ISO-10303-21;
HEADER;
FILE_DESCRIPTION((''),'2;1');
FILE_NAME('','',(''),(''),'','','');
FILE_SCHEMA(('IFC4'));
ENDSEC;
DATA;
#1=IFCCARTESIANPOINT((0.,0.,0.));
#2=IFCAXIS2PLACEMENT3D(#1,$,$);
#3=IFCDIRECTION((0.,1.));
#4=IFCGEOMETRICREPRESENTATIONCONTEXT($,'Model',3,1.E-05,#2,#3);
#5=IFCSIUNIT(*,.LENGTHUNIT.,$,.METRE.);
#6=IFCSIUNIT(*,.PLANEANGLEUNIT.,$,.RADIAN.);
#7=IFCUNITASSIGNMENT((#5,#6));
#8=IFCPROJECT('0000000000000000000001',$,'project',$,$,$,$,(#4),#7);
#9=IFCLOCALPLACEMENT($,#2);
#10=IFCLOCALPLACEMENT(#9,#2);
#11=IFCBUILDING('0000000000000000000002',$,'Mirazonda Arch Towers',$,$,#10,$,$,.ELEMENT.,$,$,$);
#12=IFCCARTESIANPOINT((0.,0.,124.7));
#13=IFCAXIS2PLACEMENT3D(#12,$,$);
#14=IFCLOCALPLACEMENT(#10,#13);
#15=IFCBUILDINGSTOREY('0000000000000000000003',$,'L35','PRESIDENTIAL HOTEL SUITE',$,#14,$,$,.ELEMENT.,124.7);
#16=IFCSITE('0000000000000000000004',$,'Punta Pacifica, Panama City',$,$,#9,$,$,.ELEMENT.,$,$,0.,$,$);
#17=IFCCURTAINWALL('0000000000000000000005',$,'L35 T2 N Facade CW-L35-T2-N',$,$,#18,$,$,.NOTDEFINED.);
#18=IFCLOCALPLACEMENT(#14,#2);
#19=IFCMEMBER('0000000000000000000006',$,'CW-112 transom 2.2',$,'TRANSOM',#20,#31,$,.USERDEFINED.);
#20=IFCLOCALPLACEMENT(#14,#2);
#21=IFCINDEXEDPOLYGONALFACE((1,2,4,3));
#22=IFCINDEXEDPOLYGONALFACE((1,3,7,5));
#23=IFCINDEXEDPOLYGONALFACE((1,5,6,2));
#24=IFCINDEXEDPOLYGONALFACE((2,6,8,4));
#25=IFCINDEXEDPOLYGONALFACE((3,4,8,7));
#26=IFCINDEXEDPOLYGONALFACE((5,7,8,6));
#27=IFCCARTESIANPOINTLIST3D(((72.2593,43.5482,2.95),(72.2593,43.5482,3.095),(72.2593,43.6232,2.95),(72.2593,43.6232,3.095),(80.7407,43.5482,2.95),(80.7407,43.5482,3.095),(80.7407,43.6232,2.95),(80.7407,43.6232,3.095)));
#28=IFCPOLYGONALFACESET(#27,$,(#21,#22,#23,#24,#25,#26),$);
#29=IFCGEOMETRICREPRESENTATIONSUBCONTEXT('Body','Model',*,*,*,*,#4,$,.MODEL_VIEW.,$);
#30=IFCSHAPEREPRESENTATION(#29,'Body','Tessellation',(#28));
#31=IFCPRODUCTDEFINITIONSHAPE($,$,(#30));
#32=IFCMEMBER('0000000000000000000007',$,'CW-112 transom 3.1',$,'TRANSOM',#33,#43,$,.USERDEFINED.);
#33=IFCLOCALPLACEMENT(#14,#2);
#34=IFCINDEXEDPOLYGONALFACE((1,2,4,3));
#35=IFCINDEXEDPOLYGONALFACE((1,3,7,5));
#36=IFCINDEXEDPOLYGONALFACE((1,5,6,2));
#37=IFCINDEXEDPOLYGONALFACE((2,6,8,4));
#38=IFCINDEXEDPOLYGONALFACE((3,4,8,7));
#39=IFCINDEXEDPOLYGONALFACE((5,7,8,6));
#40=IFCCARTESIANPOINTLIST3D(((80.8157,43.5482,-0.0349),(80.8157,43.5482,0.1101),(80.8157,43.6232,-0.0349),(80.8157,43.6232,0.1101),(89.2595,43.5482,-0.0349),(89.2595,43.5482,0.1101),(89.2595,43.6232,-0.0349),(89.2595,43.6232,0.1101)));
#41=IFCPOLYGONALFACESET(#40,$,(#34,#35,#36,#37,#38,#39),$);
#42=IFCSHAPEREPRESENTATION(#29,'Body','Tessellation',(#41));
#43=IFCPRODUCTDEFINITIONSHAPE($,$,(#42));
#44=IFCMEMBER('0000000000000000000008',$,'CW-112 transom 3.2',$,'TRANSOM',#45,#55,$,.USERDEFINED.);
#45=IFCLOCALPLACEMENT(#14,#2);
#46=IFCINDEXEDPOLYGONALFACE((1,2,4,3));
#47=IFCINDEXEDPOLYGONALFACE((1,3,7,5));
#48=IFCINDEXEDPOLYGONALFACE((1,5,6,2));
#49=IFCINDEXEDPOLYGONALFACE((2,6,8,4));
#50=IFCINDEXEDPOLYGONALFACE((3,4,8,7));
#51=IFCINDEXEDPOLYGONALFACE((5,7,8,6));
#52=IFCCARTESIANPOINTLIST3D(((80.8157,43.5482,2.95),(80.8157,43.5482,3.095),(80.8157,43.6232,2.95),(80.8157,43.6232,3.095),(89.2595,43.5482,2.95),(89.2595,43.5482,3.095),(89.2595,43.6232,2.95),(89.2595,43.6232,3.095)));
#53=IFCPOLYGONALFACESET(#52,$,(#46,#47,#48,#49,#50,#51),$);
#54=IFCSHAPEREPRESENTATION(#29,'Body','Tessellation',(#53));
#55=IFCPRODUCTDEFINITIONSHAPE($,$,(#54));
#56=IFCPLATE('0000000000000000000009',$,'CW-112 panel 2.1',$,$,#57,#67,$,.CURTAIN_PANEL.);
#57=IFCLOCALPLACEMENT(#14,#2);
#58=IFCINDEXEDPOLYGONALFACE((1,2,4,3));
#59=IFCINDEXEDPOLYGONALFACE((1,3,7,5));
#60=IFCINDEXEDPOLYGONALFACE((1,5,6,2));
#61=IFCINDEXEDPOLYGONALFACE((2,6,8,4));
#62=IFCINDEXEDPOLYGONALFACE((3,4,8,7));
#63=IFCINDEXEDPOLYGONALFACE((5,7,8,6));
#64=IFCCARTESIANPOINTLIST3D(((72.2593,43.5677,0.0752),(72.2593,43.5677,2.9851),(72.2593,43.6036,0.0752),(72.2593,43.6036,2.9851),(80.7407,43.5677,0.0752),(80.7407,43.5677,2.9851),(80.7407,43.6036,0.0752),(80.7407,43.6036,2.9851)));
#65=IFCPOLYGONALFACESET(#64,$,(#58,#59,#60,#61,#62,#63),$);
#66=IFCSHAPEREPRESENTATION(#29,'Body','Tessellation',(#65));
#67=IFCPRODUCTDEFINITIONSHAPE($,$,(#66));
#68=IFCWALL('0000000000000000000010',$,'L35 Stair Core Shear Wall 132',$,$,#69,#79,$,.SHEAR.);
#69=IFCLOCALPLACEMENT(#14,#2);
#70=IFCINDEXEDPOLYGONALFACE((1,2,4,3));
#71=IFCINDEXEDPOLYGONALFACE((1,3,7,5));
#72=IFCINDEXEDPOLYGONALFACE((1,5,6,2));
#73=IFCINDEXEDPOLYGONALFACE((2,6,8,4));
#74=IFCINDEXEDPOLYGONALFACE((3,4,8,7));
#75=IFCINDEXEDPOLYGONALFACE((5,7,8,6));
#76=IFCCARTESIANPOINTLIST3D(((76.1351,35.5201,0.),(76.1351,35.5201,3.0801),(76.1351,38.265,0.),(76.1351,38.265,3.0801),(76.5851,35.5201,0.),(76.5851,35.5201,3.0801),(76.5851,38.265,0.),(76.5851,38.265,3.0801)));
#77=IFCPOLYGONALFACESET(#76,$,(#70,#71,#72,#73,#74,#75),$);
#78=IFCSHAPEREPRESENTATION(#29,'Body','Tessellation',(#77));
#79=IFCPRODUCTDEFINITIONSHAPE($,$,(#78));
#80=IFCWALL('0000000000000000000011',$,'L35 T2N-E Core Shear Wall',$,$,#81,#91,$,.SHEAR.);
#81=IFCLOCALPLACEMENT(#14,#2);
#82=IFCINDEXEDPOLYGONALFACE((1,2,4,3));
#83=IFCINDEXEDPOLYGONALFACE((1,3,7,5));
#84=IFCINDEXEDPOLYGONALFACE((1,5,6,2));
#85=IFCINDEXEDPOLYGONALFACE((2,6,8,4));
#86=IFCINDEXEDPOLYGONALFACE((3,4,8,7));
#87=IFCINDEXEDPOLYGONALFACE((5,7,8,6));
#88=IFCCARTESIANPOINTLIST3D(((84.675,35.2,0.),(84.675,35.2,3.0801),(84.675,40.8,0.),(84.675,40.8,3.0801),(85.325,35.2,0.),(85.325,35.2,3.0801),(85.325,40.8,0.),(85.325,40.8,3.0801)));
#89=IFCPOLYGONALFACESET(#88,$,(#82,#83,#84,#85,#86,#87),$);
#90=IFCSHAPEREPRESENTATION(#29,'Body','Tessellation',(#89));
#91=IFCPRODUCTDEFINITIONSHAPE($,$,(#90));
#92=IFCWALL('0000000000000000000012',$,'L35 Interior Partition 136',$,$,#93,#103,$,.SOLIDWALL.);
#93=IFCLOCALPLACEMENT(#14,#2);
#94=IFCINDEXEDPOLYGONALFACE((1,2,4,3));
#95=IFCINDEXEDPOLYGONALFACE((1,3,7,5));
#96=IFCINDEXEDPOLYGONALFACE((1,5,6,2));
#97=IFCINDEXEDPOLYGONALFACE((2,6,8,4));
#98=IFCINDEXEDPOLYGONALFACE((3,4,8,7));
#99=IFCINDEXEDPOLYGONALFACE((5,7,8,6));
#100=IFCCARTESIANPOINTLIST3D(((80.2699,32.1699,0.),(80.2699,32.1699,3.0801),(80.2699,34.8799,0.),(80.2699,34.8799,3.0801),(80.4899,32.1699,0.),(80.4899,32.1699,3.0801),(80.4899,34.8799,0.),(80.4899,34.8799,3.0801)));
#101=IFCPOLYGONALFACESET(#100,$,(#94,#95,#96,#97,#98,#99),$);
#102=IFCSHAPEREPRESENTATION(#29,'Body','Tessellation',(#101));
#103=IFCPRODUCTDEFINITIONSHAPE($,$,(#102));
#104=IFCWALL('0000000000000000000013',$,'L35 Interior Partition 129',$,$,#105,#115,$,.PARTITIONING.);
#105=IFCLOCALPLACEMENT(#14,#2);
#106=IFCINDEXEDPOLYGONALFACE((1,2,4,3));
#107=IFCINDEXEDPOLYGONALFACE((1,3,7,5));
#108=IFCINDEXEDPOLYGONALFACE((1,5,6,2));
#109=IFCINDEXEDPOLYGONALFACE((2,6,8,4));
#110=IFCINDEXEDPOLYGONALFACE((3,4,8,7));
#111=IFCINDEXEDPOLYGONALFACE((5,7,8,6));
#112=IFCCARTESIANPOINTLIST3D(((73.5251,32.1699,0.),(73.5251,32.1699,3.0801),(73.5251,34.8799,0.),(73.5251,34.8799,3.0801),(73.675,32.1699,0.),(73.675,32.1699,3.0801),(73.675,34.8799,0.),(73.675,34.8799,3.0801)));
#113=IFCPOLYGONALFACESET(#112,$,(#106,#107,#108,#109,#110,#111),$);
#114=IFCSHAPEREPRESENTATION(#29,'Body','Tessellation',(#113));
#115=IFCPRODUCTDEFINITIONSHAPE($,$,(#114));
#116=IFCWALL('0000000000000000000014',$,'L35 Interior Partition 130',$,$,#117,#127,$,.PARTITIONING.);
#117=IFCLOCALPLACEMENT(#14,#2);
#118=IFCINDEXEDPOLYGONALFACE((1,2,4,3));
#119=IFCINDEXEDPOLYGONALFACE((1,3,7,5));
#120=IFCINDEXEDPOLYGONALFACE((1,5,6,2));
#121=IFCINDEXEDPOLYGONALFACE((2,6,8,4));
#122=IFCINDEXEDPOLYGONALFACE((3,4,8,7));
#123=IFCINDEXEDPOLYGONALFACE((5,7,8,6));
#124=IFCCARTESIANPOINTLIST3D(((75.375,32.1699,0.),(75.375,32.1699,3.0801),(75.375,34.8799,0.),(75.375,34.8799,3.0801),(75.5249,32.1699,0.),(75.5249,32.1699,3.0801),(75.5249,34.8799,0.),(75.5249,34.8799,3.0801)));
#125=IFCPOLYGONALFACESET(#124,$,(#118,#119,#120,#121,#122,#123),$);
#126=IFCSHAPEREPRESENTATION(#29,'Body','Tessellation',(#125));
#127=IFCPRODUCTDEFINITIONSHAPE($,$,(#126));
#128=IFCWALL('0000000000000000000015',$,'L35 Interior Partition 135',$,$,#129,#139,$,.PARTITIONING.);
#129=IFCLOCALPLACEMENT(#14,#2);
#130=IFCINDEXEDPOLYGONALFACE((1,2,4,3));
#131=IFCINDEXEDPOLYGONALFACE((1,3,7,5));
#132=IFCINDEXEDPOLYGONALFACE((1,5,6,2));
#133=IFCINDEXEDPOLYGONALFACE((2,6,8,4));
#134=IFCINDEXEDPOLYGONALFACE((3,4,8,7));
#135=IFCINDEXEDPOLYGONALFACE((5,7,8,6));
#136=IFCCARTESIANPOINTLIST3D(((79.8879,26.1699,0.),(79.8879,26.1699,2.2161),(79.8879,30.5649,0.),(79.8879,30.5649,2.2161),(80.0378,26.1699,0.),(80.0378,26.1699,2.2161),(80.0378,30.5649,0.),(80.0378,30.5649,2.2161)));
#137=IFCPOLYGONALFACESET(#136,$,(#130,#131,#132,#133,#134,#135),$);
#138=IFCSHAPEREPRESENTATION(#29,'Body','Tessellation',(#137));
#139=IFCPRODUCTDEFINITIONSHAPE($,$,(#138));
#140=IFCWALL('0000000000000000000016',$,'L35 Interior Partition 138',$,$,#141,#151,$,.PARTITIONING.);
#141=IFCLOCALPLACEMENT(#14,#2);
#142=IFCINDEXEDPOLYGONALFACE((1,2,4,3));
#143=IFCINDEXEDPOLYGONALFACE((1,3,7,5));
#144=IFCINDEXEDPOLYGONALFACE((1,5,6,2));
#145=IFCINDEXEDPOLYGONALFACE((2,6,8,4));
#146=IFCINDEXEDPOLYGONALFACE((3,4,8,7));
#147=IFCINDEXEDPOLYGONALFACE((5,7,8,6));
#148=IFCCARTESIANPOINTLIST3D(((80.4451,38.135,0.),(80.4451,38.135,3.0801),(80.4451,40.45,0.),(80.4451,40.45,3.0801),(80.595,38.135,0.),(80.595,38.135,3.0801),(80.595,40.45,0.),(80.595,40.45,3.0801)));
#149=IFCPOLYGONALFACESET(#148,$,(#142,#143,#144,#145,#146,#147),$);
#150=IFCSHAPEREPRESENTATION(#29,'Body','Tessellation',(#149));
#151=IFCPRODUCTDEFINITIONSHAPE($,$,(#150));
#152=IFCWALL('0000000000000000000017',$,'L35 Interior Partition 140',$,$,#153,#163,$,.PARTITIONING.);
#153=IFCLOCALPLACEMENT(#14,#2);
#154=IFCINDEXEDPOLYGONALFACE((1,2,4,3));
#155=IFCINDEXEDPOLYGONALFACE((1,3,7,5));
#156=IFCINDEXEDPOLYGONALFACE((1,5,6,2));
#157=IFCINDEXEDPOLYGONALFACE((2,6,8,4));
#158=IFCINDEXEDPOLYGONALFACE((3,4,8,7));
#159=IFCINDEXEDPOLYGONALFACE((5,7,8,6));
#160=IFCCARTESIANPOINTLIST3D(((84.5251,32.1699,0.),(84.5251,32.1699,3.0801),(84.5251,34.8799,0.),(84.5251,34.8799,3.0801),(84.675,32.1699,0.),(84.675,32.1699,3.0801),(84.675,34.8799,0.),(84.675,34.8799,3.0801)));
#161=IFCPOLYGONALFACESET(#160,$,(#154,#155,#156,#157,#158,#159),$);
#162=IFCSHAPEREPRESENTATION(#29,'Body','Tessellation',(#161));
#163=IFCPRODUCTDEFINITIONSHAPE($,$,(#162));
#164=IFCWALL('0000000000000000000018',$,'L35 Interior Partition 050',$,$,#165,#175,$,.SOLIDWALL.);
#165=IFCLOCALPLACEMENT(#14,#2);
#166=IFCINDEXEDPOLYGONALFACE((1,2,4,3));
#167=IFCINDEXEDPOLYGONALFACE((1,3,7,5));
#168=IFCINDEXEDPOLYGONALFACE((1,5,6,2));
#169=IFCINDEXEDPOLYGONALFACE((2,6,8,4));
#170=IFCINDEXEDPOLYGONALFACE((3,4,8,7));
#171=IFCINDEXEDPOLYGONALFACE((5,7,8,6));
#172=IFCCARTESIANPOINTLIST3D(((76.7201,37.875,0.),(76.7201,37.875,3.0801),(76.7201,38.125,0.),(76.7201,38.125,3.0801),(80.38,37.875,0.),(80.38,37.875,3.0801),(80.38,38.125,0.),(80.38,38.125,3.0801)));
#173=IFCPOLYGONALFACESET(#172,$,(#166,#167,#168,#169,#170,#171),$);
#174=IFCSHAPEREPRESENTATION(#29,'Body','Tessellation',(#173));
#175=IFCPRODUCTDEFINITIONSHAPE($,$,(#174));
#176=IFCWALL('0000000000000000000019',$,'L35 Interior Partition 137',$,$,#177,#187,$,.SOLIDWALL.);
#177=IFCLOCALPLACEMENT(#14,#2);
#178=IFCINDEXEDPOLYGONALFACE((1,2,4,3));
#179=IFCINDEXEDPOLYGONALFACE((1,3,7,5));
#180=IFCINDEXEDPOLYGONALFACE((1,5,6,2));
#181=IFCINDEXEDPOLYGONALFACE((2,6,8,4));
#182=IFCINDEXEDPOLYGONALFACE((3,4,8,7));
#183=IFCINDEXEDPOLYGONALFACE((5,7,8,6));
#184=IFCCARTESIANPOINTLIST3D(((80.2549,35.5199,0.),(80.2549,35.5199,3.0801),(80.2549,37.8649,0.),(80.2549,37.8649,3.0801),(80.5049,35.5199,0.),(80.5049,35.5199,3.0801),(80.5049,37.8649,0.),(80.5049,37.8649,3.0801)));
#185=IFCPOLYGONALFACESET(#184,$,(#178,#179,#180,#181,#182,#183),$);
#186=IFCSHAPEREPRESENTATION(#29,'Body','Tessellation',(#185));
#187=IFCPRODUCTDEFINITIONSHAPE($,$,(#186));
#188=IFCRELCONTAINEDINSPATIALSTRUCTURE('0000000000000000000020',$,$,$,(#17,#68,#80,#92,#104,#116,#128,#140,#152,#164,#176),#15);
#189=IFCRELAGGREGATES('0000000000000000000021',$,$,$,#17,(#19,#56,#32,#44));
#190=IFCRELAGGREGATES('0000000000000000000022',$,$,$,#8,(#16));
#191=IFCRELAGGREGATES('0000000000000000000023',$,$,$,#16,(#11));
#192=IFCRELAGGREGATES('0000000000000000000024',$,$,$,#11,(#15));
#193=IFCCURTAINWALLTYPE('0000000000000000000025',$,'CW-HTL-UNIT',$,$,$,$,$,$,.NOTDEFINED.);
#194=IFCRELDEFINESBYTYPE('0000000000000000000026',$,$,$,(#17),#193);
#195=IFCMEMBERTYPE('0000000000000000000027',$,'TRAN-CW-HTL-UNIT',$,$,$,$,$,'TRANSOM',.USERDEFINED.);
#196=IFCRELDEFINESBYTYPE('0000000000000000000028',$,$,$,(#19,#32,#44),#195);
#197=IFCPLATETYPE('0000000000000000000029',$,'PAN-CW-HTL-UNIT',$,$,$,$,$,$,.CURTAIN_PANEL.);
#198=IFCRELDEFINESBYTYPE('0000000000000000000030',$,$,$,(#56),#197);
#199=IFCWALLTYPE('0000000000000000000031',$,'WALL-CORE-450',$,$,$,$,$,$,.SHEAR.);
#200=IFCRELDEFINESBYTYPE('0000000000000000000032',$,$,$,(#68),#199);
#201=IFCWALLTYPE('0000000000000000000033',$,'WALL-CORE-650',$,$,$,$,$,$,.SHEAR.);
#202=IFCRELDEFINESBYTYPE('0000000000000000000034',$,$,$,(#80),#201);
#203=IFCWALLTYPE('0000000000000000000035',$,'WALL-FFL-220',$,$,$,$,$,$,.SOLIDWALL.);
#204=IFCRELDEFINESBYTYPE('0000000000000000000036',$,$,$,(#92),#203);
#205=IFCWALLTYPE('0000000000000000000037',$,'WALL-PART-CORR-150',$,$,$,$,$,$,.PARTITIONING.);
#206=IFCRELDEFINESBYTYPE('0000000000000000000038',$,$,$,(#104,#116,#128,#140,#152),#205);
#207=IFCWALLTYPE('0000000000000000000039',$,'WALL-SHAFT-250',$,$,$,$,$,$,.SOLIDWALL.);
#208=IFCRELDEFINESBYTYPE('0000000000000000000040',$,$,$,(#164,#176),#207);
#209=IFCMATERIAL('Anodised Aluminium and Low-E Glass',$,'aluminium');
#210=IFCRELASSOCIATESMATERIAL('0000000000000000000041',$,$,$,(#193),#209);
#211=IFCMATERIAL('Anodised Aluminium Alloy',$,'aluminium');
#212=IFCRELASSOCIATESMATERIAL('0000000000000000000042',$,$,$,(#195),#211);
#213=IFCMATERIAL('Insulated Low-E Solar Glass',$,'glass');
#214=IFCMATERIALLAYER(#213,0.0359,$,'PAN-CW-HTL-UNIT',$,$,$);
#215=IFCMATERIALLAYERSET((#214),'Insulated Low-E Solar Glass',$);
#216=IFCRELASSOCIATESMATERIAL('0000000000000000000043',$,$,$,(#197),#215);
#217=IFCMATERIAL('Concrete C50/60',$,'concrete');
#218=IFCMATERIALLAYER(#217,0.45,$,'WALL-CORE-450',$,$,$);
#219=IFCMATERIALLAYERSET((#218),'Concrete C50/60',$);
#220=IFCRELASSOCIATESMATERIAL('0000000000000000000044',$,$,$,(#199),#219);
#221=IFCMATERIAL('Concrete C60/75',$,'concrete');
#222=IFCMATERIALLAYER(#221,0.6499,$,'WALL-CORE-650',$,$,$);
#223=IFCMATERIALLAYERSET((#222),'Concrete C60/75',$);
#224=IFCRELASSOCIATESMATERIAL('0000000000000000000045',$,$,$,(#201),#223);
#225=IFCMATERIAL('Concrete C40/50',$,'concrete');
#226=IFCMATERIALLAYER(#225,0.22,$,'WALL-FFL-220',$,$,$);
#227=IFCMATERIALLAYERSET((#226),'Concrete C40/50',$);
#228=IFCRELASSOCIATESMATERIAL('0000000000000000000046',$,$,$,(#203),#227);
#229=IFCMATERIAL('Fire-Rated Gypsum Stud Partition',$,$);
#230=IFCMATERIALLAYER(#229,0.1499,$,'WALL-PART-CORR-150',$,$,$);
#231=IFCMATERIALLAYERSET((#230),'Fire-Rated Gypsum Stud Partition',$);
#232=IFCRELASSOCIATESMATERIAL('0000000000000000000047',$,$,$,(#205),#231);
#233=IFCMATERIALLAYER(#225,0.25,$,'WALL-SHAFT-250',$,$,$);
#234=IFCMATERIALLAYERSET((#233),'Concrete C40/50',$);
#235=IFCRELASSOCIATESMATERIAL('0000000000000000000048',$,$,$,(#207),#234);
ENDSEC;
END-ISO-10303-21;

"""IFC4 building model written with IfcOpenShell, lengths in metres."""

from ifc_helpers import new_model, si_unit, direction, frame, frame_2d, origin, origin_2d, place, context, subcontext, project, spatial, rectangle, extrude, material, layer, layer_set, material_profile, profile_set, type_object, element, aggregate, save


model = new_model("IFC4")

# Units and contexts
model_context = context("Model", 3, precision=1e-05, world=origin(), true_north=direction((0.0, 1.0)))
body_context = subcontext(model_context, "Body", "Model", "MODEL_VIEW")
ifc_project = project(units=[si_unit("LENGTHUNIT", "METRE"), si_unit("PLANEANGLEUNIT", "RADIAN")], contexts=[model_context])

# Site, building, storey
site_placement = place(None, origin())
site = spatial("IfcSite", under=ifc_project, at=site_placement, Name="Punta Pacifica, Panama City", CompositionType="ELEMENT", RefElevation=0.0)
building_placement = place(site_placement, origin())
building = spatial("IfcBuilding", under=site, at=building_placement, Name="Mirazonda Arch Towers", CompositionType="ELEMENT")
storey_placement = place(building_placement, frame((0.0, 0.0, 124.7)))
storey = spatial("IfcBuildingStorey", under=building, at=storey_placement, Name="L35", Description="PRESIDENTIAL HOTEL SUITE", CompositionType="ELEMENT", Elevation=124.7)

# Shared definitions
ifc_material_1 = material(Name="Concrete C50/60", Category="concrete")

# Shared definitions
ifc_material_2 = material(Name="Concrete C60/75", Category="concrete")

# Curtain wall, members, plate
ifc_material_3 = material(Name="Anodised Aluminium and Low-E Glass", Category="aluminium")
curtain_wall_type = type_object("IfcCurtainWallType", Name="CW-HTL-UNIT", PredefinedType="NOTDEFINED", material=ifc_material_3)
curtain_wall_placement = place(storey_placement, origin())
curtain_wall = element("IfcCurtainWall", 1, at=curtain_wall_placement, inside=storey, type_object=curtain_wall_type, Name="L35 T2 N Facade CW-L35-T2-N", PredefinedType="NOTDEFINED")
ifc_material_4 = material(Name="Anodised Aluminium Alloy", Category="aluminium")
ifc_material_profile_1 = material_profile(ifc_material_4, rectangle(XDim=0.075, YDim=0.145, at=origin_2d()), Name="ALU-TRAN-75x145")
ifc_profile_set_1 = profile_set([ifc_material_profile_1], Name="Anodised Aluminium Alloy")
member_type_1 = type_object("IfcMemberType", Name="TRAN-CW-HTL-UNIT", ElementType="TRANSOM", PredefinedType="USERDEFINED", material=ifc_profile_set_1)
member_1_placement = place(storey_placement, frame((72.2593, 43.5857, 3.0225), z_axis=(1.0, 0.0, 0.0), x_axis=(0.0, 1.0, 0.0)))
member_1 = element("IfcMember", 2, at=member_1_placement, type_object=member_type_1, Name="CW-112 transom 2.2", ObjectType="TRANSOM", PredefinedType="USERDEFINED", context=body_context, shape_type="SweptSolid", body=[
    extrude(rectangle(XDim=0.075, YDim=0.145, at=origin_2d()), origin(), (0.0, 0.0, 1.0), 8.4814),
])
member_2_placement = place(storey_placement, frame((80.8157, 43.5857, 0.0376), z_axis=(1.0, 0.0, 0.0), x_axis=(0.0, 1.0, 0.0)))
member_2 = element("IfcMember", 3, at=member_2_placement, type_object=member_type_1, Name="CW-112 transom 3.1", ObjectType="TRANSOM", PredefinedType="USERDEFINED", context=body_context, shape_type="SweptSolid", body=[
    extrude(rectangle(XDim=0.075, YDim=0.145, at=origin_2d()), origin(), (0.0, 0.0, 1.0), 8.4438),
])
member_3_placement = place(storey_placement, frame((80.8157, 43.5857, 3.0225), z_axis=(1.0, 0.0, 0.0), x_axis=(0.0, 1.0, 0.0)))
member_3 = element("IfcMember", 4, at=member_3_placement, type_object=member_type_1, Name="CW-112 transom 3.2", ObjectType="TRANSOM", PredefinedType="USERDEFINED", context=body_context, shape_type="SweptSolid", body=[
    extrude(rectangle(XDim=0.075, YDim=0.145, at=origin_2d()), origin(), (0.0, 0.0, 1.0), 8.4438),
])
ifc_material_5 = material(Name="Insulated Low-E Solar Glass", Category="glass")
ifc_layer_1 = layer(ifc_material_5, 0.0359, Name="PAN-CW-HTL-UNIT")
ifc_layer_set_1 = layer_set([ifc_layer_1], Name="Insulated Low-E Solar Glass")
plate_type = type_object("IfcPlateType", Name="PAN-CW-HTL-UNIT", PredefinedType="CURTAIN_PANEL", material=ifc_layer_set_1)
plate_placement = place(storey_placement, frame((76.5, 43.5857, 0.0752), z_axis=(0.0, 0.0, 1.0), x_axis=(1.0, 0.0, 0.0)))
plate = element("IfcPlate", 5, at=plate_placement, type_object=plate_type, Name="CW-112 panel 2.1", PredefinedType="CURTAIN_PANEL", context=body_context, shape_type="SweptSolid", body=[
    extrude(rectangle(XDim=8.4814, YDim=0.0359, at=origin_2d()), origin(), (0.0, 0.0, 1.0), 2.9099),
])
aggregate(curtain_wall, [member_1, plate, member_2, member_3])

# Walls
ifc_layer_2 = layer(ifc_material_1, 0.45, Name="WALL-CORE-450")
ifc_layer_set_2 = layer_set([ifc_layer_2], Name="Concrete C50/60")
wall_type_1 = type_object("IfcWallType", Name="WALL-CORE-450", PredefinedType="SHEAR", material=ifc_layer_set_2)
wall_1_placement = place(storey_placement, frame((76.3601, 35.52, 0.0), z_axis=(0.0, 0.0, 1.0), x_axis=(0.0, 1.0, 0.0)))
element("IfcWall", 6, at=wall_1_placement, inside=storey, type_object=wall_type_1, Name="L35 Stair Core Shear Wall 132", PredefinedType="SHEAR", context=body_context, shape_type="SweptSolid", body=[
    extrude(rectangle(XDim=2.7449, YDim=0.45, at=frame_2d((1.3726, 0.0))), origin(), (0.0, 0.0, 1.0), 3.0801),
])
ifc_layer_3 = layer(ifc_material_2, 0.6499, Name="WALL-CORE-650")
ifc_layer_set_3 = layer_set([ifc_layer_3], Name="Concrete C60/75")
wall_type_2 = type_object("IfcWallType", Name="WALL-CORE-650", PredefinedType="SHEAR", material=ifc_layer_set_3)
wall_2_placement = place(storey_placement, frame((85.0, 35.2, 0.0), z_axis=(0.0, 0.0, 1.0), x_axis=(0.0, 1.0, 0.0)))
element("IfcWall", 7, at=wall_2_placement, inside=storey, type_object=wall_type_2, Name="L35 T2N-E Core Shear Wall", PredefinedType="SHEAR", context=body_context, shape_type="SweptSolid", body=[
    extrude(rectangle(XDim=5.6001, YDim=0.6499, at=frame_2d((2.8, 0.0))), origin(), (0.0, 0.0, 1.0), 3.0801),
])
ifc_material_6 = material(Name="Concrete C40/50", Category="concrete")
ifc_layer_4 = layer(ifc_material_6, 0.22, Name="WALL-FFL-220")
ifc_layer_set_4 = layer_set([ifc_layer_4], Name="Concrete C40/50")
wall_type_3 = type_object("IfcWallType", Name="WALL-FFL-220", PredefinedType="SOLIDWALL", material=ifc_layer_set_4)
wall_3_placement = place(storey_placement, frame((80.3799, 32.1699, 0.0), z_axis=(0.0, 0.0, 1.0), x_axis=(0.0, 1.0, 0.0)))
element("IfcWall", 8, at=wall_3_placement, inside=storey, type_object=wall_type_3, Name="L35 Interior Partition 136", PredefinedType="SOLIDWALL", context=body_context, shape_type="SweptSolid", body=[
    extrude(rectangle(XDim=2.71, YDim=0.22, at=frame_2d((1.355, 0.0))), origin(), (0.0, 0.0, 1.0), 3.0801),
])
ifc_material_7 = material(Name="Fire-Rated Gypsum Stud Partition")
ifc_layer_5 = layer(ifc_material_7, 0.1499, Name="WALL-PART-CORR-150")
ifc_layer_set_5 = layer_set([ifc_layer_5], Name="Fire-Rated Gypsum Stud Partition")
wall_type_4 = type_object("IfcWallType", Name="WALL-PART-CORR-150", PredefinedType="PARTITIONING", material=ifc_layer_set_5)
for number, where, z_axis, x_axis, name in (
    (9, (73.6001, 32.1699, 0.0), (0.0, 0.0, 1.0), (0.0, 1.0, 0.0), "L35 Interior Partition 129"),
    (10, (75.45, 32.1699, 0.0), (0.0, 0.0, 1.0), (0.0, 1.0, 0.0), "L35 Interior Partition 130"),
):
    element("IfcWall", number, at=place(storey_placement, frame(where, z_axis=z_axis, x_axis=x_axis)), inside=storey, type_object=wall_type_4, Name=name, PredefinedType="PARTITIONING", context=body_context, shape_type="SweptSolid", body=[
        extrude(rectangle(XDim=2.71, YDim=0.1499, at=frame_2d((1.355, 0.0))), origin(), (0.0, 0.0, 1.0), 3.0801),
    ])
wall_4_placement = place(storey_placement, frame((79.9629, 26.1699, 0.0), z_axis=(0.0, 0.0, 1.0), x_axis=(0.0, 1.0, 0.0)))
element("IfcWall", 11, at=wall_4_placement, inside=storey, type_object=wall_type_4, Name="L35 Interior Partition 135", PredefinedType="PARTITIONING", context=body_context, shape_type="SweptSolid", body=[
    extrude(rectangle(XDim=4.395, YDim=0.1499, at=frame_2d((2.1975, 0.0))), origin(), (0.0, 0.0, 1.0), 2.2161),
])
wall_5_placement = place(storey_placement, frame((80.52, 38.135, 0.0), z_axis=(0.0, 0.0, 1.0), x_axis=(0.0, 1.0, 0.0)))
element("IfcWall", 12, at=wall_5_placement, inside=storey, type_object=wall_type_4, Name="L35 Interior Partition 138", PredefinedType="PARTITIONING", context=body_context, shape_type="SweptSolid", body=[
    extrude(rectangle(XDim=2.3149, YDim=0.1499, at=frame_2d((1.1575, 0.0))), origin(), (0.0, 0.0, 1.0), 3.0801),
])
wall_6_placement = place(storey_placement, frame((84.6001, 32.1699, 0.0), z_axis=(0.0, 0.0, 1.0), x_axis=(0.0, 1.0, 0.0)))
element("IfcWall", 13, at=wall_6_placement, inside=storey, type_object=wall_type_4, Name="L35 Interior Partition 140", PredefinedType="PARTITIONING", context=body_context, shape_type="SweptSolid", body=[
    extrude(rectangle(XDim=2.71, YDim=0.1499, at=frame_2d((1.355, 0.0))), origin(), (0.0, 0.0, 1.0), 3.0801),
])
ifc_layer_6 = layer(ifc_material_6, 0.25, Name="WALL-SHAFT-250")
ifc_layer_set_6 = layer_set([ifc_layer_6], Name="Concrete C40/50")
wall_type_5 = type_object("IfcWallType", Name="WALL-SHAFT-250", PredefinedType="SOLIDWALL", material=ifc_layer_set_6)
wall_7_placement = place(storey_placement, frame((76.72, 38.0, 0.0), z_axis=(0.0, 0.0, 1.0), x_axis=(1.0, 0.0, 0.0)))
element("IfcWall", 14, at=wall_7_placement, inside=storey, type_object=wall_type_5, Name="L35 Interior Partition 050", PredefinedType="SOLIDWALL", context=body_context, shape_type="SweptSolid", body=[
    extrude(rectangle(XDim=3.6599, YDim=0.25, at=frame_2d((1.8301, 0.0))), origin(), (0.0, 0.0, 1.0), 3.0801),
])
wall_8_placement = place(storey_placement, frame((80.3799, 35.52, 0.0), z_axis=(0.0, 0.0, 1.0), x_axis=(0.0, 1.0, 0.0)))
element("IfcWall", 15, at=wall_8_placement, inside=storey, type_object=wall_type_5, Name="L35 Interior Partition 137", PredefinedType="SOLIDWALL", context=body_context, shape_type="SweptSolid", body=[
    extrude(rectangle(XDim=2.345, YDim=0.25, at=frame_2d((1.1724, 0.0))), origin(), (0.0, 0.0, 1.0), 3.0801),
])

save(model, "model.ifc")
